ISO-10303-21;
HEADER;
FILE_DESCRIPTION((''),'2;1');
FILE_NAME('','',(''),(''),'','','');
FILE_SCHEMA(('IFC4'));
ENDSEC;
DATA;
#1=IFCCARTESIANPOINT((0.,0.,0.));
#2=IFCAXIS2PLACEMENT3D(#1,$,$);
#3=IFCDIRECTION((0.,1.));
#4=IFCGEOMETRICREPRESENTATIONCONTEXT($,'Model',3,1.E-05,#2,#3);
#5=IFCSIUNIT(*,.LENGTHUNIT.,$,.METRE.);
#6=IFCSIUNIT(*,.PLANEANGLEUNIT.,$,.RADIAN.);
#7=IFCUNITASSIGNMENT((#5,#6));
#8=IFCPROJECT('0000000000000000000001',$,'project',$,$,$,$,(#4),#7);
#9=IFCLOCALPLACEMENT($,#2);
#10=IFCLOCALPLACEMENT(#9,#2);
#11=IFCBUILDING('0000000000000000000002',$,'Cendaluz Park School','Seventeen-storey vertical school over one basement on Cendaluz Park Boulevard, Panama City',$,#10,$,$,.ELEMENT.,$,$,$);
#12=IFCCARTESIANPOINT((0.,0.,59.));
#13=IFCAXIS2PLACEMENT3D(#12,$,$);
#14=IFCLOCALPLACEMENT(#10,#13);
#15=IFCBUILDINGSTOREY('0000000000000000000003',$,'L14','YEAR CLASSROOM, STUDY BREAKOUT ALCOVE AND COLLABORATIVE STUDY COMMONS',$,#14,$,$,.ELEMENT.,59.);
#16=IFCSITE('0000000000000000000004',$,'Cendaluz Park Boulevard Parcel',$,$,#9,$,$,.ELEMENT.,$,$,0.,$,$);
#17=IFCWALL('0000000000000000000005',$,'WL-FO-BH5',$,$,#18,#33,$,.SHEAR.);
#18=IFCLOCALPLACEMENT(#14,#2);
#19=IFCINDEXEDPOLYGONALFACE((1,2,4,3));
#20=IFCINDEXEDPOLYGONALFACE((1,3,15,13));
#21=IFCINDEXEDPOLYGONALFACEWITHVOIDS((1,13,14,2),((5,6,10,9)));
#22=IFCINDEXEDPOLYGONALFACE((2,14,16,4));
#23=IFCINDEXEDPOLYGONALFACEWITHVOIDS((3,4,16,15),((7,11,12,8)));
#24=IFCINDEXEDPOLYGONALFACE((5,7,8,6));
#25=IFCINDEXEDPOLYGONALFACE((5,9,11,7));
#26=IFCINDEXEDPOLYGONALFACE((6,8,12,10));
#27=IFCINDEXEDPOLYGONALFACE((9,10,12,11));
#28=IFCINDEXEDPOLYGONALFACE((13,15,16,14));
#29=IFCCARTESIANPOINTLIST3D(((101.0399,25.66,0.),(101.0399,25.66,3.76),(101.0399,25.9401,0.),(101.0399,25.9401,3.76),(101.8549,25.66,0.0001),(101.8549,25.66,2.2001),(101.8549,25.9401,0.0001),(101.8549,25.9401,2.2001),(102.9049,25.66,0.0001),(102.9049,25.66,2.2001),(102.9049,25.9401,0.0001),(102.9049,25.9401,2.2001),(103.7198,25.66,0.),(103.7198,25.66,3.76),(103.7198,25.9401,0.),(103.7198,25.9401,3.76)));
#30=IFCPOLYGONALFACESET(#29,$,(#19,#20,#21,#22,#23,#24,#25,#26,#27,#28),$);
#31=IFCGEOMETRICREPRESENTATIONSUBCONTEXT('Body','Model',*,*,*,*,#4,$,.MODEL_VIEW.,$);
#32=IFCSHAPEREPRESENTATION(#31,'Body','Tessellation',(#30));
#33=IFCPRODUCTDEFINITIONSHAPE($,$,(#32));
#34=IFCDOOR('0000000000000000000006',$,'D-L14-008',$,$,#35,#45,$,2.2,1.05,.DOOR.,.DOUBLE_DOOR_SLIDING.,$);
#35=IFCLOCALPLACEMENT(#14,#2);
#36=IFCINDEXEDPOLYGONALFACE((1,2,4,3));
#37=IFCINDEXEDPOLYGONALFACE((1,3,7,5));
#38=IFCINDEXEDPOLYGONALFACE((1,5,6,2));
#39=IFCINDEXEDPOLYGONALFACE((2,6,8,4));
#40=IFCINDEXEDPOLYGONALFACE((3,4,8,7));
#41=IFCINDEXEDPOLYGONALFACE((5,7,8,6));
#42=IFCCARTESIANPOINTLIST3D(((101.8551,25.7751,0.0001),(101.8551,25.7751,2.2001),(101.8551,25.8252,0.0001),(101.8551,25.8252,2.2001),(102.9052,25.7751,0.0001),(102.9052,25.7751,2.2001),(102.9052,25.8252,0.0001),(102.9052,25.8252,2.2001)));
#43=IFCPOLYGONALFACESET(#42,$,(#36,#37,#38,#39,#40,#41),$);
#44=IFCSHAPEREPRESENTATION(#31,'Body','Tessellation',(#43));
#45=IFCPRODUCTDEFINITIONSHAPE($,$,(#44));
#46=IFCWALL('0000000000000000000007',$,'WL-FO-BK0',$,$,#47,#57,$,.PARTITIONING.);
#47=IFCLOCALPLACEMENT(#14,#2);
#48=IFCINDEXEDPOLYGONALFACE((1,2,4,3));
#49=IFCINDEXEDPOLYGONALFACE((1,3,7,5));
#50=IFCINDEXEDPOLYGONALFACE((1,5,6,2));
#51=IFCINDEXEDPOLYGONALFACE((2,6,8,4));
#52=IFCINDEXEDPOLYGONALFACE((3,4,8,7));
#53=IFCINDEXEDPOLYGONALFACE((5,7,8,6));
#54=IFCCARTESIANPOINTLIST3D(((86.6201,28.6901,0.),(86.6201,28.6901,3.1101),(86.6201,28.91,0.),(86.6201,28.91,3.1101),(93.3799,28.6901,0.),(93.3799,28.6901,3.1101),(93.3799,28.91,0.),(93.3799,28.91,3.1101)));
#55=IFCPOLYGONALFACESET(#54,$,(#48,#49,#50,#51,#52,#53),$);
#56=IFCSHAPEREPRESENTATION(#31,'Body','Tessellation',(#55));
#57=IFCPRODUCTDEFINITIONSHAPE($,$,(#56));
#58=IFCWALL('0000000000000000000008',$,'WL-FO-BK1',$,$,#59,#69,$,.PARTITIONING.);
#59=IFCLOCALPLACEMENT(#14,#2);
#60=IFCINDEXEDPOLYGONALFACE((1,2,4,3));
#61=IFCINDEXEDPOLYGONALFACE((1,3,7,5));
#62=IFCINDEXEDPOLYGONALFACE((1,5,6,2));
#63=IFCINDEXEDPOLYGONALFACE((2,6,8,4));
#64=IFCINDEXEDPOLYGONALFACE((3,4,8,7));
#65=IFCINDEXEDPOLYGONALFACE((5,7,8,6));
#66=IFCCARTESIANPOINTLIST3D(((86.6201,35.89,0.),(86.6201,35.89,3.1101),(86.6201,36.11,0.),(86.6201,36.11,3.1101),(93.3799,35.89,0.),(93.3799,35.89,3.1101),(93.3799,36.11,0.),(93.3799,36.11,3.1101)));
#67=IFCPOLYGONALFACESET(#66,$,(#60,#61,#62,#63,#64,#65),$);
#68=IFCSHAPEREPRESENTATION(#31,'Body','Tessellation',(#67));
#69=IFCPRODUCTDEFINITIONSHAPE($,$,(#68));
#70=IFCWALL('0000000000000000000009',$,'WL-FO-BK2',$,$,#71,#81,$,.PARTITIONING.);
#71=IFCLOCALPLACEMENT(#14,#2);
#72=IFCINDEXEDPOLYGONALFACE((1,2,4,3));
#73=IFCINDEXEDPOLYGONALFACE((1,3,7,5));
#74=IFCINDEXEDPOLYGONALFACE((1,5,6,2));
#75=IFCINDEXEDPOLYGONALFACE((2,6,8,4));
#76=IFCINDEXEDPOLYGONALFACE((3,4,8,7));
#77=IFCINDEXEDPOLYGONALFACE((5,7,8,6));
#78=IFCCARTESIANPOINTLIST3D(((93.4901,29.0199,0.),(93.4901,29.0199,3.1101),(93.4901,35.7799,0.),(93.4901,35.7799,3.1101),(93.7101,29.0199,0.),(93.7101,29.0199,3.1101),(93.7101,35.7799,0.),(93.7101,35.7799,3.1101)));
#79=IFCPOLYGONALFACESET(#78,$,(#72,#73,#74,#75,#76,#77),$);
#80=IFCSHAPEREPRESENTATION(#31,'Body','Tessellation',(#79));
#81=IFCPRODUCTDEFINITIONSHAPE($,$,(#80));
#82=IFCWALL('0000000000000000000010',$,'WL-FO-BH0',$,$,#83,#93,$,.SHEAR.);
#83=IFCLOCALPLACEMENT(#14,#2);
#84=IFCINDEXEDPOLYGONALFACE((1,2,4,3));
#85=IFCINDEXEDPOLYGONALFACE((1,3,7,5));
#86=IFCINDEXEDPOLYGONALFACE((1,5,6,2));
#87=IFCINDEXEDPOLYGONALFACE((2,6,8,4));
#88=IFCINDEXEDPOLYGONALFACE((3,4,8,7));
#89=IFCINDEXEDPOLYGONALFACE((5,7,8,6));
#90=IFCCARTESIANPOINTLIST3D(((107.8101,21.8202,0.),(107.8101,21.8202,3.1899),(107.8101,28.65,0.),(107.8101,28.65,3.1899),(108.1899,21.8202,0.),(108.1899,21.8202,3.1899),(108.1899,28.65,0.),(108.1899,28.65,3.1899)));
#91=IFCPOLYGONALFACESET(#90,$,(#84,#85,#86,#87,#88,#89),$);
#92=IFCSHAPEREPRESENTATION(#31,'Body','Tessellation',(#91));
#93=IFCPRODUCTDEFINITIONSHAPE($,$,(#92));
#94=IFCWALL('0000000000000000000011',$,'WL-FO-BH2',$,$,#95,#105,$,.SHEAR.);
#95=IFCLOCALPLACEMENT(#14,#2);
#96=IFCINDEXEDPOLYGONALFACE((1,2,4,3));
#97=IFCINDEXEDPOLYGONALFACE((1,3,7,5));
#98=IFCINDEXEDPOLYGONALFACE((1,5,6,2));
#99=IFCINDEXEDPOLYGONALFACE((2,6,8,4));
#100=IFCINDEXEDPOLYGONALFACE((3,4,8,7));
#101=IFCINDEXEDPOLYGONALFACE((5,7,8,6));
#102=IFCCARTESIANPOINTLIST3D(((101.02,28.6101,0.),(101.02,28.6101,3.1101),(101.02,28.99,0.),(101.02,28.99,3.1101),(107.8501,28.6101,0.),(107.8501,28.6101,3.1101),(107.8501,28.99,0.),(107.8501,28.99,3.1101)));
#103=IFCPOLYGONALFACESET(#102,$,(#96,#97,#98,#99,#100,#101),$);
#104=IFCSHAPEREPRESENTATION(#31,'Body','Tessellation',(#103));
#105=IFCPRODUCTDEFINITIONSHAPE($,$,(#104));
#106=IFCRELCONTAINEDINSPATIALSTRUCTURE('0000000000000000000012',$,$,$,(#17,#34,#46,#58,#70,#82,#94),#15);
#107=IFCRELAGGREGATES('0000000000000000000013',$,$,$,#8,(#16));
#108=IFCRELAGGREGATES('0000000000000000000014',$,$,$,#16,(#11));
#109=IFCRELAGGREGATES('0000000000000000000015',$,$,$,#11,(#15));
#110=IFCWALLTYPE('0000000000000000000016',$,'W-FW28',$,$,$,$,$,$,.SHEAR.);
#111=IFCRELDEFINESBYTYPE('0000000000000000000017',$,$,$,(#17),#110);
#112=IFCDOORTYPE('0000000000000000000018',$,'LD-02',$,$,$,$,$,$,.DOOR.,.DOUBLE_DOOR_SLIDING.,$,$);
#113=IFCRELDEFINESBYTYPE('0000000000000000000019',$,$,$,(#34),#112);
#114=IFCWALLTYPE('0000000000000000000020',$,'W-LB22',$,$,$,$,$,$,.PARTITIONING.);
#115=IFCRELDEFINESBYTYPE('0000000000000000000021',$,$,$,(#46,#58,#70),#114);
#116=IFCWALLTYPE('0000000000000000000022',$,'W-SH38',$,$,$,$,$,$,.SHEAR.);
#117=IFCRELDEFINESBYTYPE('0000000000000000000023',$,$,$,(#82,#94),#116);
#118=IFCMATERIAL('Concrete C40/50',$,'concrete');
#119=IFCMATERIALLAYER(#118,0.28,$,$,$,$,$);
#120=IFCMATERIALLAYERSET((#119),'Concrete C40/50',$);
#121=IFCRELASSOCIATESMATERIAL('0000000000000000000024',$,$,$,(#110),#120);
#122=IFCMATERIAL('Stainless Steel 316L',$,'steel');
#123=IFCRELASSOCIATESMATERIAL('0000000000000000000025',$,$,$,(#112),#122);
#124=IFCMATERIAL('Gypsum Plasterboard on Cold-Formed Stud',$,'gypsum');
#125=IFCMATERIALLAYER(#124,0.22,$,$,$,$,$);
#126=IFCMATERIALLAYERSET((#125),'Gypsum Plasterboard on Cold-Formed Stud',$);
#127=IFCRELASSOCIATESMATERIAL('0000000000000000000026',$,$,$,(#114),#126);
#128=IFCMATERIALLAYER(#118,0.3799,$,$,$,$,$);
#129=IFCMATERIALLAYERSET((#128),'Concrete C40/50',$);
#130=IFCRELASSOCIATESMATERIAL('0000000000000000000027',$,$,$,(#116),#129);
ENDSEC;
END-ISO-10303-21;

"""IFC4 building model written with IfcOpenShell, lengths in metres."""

from ifc_helpers import new_model, si_unit, direction, frame, frame_2d, origin, place, context, subcontext, project, spatial, rectangle, extrude, material, layer, layer_set, type_object, element, fill, save


model = new_model("IFC4")

# Units and contexts
model_context = context("Model", 3, precision=1e-05, world=origin(), true_north=direction((0.0, 1.0)))
body_context = subcontext(model_context, "Body", "Model", "MODEL_VIEW")
ifc_project = project(units=[si_unit("LENGTHUNIT", "METRE"), si_unit("PLANEANGLEUNIT", "RADIAN")], contexts=[model_context])

# Site, building, storey
site_placement = place(None, origin())
site = spatial("IfcSite", under=ifc_project, at=site_placement, Name="Cendaluz Park Boulevard Parcel", CompositionType="ELEMENT", RefElevation=0.0)
building_placement = place(site_placement, origin())
building = spatial("IfcBuilding", under=site, at=building_placement, Name="Cendaluz Park School", Description="Seventeen-storey vertical school over one basement on Cendaluz Park Boulevard, Panama City", CompositionType="ELEMENT")
storey_placement = place(building_placement, frame((0.0, 0.0, 59.0)))
storey = spatial("IfcBuildingStorey", under=building, at=storey_placement, Name="L14", Description="YEAR CLASSROOM, STUDY BREAKOUT ALCOVE AND COLLABORATIVE STUDY COMMONS", CompositionType="ELEMENT", Elevation=59.0)

# Shared definitions
ifc_material_1 = material(Name="Gypsum Plasterboard on Cold-Formed Stud", Category="gypsum")
ifc_material_2 = material(Name="Concrete C40/50", Category="concrete")
ifc_layer_1 = layer(ifc_material_2, 0.28)
ifc_layer_set_1 = layer_set([ifc_layer_1], Name="Concrete C40/50")
wall_type_1 = type_object("IfcWallType", Name="W-FW28", PredefinedType="SHEAR", material=ifc_layer_set_1)

# Wall, opening, door
wall_1_placement = place(storey_placement, frame((101.04, 25.8, 0.0), z_axis=(0.0, 0.0, 1.0), x_axis=(1.0, 0.0, 0.0)))
wall_1 = element("IfcWall", 1, at=wall_1_placement, inside=storey, type_object=wall_type_1, Name="WL-FO-BH5", PredefinedType="SHEAR", context=body_context, shape_type="SweptSolid", body=[
    extrude(rectangle(XDim=2.6799, YDim=0.28, at=frame_2d((1.3398, 0.0))), origin(), (0.0, 0.0, 1.0), 3.76),
])
opening_placement = place(wall_1_placement, frame((0.8149, 0.0, 0.0)))
opening = element("IfcOpeningElement", 2, at=opening_placement, cuts=wall_1, PredefinedType="OPENING", context=body_context, shape_type="SweptSolid", body=[
    extrude(rectangle(XDim=1.05, YDim=2.2, at=frame_2d((0.5249, 1.1001))), frame((0.0, 0.1521, 0.0), z_axis=(0.0, -1.0, 0.0), x_axis=(1.0, 0.0, 0.0)), (0.0, 0.0, 1.0), 0.304),
])
ifc_material_3 = material(Name="Stainless Steel 316L", Category="steel")
door_type = type_object("IfcDoorType", Name="LD-02", OperationType="DOUBLE_DOOR_SLIDING", PredefinedType="DOOR", material=ifc_material_3)
door_placement = place(opening_placement, frame((1.05, 0.0, 0.0), z_axis=(0.0, 0.0, 1.0), x_axis=(-1.0, 0.0, 0.0)))
door = element("IfcDoor", 3, at=door_placement, inside=storey, type_object=door_type, Name="D-L14-008", OperationType="DOUBLE_DOOR_SLIDING", OverallHeight=2.2, OverallWidth=1.05, PredefinedType="DOOR", context=body_context, shape_type="SweptSolid", body=[
    extrude(rectangle(XDim=1.05, YDim=2.2, at=frame_2d((0.5249, 1.1001))), frame((0.0, 0.0249, 0.0), z_axis=(0.0, -1.0, 0.0), x_axis=(1.0, 0.0, 0.0)), (0.0, 0.0, 1.0), 0.05),
])
fill(opening, door)

# Walls
ifc_layer_2 = layer(ifc_material_1, 0.22)
ifc_layer_set_2 = layer_set([ifc_layer_2], Name="Gypsum Plasterboard on Cold-Formed Stud")
wall_type_2 = type_object("IfcWallType", Name="W-LB22", PredefinedType="PARTITIONING", material=ifc_layer_set_2)
for number, where, z_axis, x_axis, name in (
    (4, (86.6201, 28.8, 0.0), (0.0, 0.0, 1.0), (1.0, 0.0, 0.0), "WL-FO-BK0"),
    (5, (86.6201, 36.0, 0.0), (0.0, 0.0, 1.0), (1.0, 0.0, 0.0), "WL-FO-BK1"),
):
    element("IfcWall", number, at=place(storey_placement, frame(where, z_axis=z_axis, x_axis=x_axis)), inside=storey, type_object=wall_type_2, Name=name, PredefinedType="PARTITIONING", context=body_context, shape_type="SweptSolid", body=[
        extrude(rectangle(XDim=6.7598, YDim=0.22, at=frame_2d((3.3799, 0.0))), origin(), (0.0, 0.0, 1.0), 3.1101),
    ])
wall_2_placement = place(storey_placement, frame((93.6001, 29.02, 0.0), z_axis=(0.0, 0.0, 1.0), x_axis=(0.0, 1.0, 0.0)))
element("IfcWall", 6, at=wall_2_placement, inside=storey, type_object=wall_type_2, Name="WL-FO-BK2", PredefinedType="PARTITIONING", context=body_context, shape_type="SweptSolid", body=[
    extrude(rectangle(XDim=6.76, YDim=0.22, at=frame_2d((3.3799, 0.0))), origin(), (0.0, 0.0, 1.0), 3.1101),
])
ifc_layer_3 = layer(ifc_material_2, 0.3799)
ifc_layer_set_3 = layer_set([ifc_layer_3], Name="Concrete C40/50")
wall_type_3 = type_object("IfcWallType", Name="W-SH38", PredefinedType="SHEAR", material=ifc_layer_set_3)
wall_3_placement = place(storey_placement, frame((108.0, 21.8201, 0.0), z_axis=(0.0, 0.0, 1.0), x_axis=(0.0, 1.0, 0.0)))
element("IfcWall", 7, at=wall_3_placement, inside=storey, type_object=wall_type_3, Name="WL-FO-BH0", PredefinedType="SHEAR", context=body_context, shape_type="SweptSolid", body=[
    extrude(rectangle(XDim=6.8298, YDim=0.3799, at=frame_2d((3.415, 0.0))), origin(), (0.0, 0.0, 1.0), 3.1899),
])
wall_4_placement = place(storey_placement, frame((101.02, 28.8, 0.0), z_axis=(0.0, 0.0, 1.0), x_axis=(1.0, 0.0, 0.0)))
element("IfcWall", 8, at=wall_4_placement, inside=storey, type_object=wall_type_3, Name="WL-FO-BH2", PredefinedType="SHEAR", context=body_context, shape_type="SweptSolid", body=[
    extrude(rectangle(XDim=6.8301, YDim=0.3799, at=frame_2d((3.415, 0.0))), origin(), (0.0, 0.0, 1.0), 3.1101),
])

save(model, "model.ifc")
